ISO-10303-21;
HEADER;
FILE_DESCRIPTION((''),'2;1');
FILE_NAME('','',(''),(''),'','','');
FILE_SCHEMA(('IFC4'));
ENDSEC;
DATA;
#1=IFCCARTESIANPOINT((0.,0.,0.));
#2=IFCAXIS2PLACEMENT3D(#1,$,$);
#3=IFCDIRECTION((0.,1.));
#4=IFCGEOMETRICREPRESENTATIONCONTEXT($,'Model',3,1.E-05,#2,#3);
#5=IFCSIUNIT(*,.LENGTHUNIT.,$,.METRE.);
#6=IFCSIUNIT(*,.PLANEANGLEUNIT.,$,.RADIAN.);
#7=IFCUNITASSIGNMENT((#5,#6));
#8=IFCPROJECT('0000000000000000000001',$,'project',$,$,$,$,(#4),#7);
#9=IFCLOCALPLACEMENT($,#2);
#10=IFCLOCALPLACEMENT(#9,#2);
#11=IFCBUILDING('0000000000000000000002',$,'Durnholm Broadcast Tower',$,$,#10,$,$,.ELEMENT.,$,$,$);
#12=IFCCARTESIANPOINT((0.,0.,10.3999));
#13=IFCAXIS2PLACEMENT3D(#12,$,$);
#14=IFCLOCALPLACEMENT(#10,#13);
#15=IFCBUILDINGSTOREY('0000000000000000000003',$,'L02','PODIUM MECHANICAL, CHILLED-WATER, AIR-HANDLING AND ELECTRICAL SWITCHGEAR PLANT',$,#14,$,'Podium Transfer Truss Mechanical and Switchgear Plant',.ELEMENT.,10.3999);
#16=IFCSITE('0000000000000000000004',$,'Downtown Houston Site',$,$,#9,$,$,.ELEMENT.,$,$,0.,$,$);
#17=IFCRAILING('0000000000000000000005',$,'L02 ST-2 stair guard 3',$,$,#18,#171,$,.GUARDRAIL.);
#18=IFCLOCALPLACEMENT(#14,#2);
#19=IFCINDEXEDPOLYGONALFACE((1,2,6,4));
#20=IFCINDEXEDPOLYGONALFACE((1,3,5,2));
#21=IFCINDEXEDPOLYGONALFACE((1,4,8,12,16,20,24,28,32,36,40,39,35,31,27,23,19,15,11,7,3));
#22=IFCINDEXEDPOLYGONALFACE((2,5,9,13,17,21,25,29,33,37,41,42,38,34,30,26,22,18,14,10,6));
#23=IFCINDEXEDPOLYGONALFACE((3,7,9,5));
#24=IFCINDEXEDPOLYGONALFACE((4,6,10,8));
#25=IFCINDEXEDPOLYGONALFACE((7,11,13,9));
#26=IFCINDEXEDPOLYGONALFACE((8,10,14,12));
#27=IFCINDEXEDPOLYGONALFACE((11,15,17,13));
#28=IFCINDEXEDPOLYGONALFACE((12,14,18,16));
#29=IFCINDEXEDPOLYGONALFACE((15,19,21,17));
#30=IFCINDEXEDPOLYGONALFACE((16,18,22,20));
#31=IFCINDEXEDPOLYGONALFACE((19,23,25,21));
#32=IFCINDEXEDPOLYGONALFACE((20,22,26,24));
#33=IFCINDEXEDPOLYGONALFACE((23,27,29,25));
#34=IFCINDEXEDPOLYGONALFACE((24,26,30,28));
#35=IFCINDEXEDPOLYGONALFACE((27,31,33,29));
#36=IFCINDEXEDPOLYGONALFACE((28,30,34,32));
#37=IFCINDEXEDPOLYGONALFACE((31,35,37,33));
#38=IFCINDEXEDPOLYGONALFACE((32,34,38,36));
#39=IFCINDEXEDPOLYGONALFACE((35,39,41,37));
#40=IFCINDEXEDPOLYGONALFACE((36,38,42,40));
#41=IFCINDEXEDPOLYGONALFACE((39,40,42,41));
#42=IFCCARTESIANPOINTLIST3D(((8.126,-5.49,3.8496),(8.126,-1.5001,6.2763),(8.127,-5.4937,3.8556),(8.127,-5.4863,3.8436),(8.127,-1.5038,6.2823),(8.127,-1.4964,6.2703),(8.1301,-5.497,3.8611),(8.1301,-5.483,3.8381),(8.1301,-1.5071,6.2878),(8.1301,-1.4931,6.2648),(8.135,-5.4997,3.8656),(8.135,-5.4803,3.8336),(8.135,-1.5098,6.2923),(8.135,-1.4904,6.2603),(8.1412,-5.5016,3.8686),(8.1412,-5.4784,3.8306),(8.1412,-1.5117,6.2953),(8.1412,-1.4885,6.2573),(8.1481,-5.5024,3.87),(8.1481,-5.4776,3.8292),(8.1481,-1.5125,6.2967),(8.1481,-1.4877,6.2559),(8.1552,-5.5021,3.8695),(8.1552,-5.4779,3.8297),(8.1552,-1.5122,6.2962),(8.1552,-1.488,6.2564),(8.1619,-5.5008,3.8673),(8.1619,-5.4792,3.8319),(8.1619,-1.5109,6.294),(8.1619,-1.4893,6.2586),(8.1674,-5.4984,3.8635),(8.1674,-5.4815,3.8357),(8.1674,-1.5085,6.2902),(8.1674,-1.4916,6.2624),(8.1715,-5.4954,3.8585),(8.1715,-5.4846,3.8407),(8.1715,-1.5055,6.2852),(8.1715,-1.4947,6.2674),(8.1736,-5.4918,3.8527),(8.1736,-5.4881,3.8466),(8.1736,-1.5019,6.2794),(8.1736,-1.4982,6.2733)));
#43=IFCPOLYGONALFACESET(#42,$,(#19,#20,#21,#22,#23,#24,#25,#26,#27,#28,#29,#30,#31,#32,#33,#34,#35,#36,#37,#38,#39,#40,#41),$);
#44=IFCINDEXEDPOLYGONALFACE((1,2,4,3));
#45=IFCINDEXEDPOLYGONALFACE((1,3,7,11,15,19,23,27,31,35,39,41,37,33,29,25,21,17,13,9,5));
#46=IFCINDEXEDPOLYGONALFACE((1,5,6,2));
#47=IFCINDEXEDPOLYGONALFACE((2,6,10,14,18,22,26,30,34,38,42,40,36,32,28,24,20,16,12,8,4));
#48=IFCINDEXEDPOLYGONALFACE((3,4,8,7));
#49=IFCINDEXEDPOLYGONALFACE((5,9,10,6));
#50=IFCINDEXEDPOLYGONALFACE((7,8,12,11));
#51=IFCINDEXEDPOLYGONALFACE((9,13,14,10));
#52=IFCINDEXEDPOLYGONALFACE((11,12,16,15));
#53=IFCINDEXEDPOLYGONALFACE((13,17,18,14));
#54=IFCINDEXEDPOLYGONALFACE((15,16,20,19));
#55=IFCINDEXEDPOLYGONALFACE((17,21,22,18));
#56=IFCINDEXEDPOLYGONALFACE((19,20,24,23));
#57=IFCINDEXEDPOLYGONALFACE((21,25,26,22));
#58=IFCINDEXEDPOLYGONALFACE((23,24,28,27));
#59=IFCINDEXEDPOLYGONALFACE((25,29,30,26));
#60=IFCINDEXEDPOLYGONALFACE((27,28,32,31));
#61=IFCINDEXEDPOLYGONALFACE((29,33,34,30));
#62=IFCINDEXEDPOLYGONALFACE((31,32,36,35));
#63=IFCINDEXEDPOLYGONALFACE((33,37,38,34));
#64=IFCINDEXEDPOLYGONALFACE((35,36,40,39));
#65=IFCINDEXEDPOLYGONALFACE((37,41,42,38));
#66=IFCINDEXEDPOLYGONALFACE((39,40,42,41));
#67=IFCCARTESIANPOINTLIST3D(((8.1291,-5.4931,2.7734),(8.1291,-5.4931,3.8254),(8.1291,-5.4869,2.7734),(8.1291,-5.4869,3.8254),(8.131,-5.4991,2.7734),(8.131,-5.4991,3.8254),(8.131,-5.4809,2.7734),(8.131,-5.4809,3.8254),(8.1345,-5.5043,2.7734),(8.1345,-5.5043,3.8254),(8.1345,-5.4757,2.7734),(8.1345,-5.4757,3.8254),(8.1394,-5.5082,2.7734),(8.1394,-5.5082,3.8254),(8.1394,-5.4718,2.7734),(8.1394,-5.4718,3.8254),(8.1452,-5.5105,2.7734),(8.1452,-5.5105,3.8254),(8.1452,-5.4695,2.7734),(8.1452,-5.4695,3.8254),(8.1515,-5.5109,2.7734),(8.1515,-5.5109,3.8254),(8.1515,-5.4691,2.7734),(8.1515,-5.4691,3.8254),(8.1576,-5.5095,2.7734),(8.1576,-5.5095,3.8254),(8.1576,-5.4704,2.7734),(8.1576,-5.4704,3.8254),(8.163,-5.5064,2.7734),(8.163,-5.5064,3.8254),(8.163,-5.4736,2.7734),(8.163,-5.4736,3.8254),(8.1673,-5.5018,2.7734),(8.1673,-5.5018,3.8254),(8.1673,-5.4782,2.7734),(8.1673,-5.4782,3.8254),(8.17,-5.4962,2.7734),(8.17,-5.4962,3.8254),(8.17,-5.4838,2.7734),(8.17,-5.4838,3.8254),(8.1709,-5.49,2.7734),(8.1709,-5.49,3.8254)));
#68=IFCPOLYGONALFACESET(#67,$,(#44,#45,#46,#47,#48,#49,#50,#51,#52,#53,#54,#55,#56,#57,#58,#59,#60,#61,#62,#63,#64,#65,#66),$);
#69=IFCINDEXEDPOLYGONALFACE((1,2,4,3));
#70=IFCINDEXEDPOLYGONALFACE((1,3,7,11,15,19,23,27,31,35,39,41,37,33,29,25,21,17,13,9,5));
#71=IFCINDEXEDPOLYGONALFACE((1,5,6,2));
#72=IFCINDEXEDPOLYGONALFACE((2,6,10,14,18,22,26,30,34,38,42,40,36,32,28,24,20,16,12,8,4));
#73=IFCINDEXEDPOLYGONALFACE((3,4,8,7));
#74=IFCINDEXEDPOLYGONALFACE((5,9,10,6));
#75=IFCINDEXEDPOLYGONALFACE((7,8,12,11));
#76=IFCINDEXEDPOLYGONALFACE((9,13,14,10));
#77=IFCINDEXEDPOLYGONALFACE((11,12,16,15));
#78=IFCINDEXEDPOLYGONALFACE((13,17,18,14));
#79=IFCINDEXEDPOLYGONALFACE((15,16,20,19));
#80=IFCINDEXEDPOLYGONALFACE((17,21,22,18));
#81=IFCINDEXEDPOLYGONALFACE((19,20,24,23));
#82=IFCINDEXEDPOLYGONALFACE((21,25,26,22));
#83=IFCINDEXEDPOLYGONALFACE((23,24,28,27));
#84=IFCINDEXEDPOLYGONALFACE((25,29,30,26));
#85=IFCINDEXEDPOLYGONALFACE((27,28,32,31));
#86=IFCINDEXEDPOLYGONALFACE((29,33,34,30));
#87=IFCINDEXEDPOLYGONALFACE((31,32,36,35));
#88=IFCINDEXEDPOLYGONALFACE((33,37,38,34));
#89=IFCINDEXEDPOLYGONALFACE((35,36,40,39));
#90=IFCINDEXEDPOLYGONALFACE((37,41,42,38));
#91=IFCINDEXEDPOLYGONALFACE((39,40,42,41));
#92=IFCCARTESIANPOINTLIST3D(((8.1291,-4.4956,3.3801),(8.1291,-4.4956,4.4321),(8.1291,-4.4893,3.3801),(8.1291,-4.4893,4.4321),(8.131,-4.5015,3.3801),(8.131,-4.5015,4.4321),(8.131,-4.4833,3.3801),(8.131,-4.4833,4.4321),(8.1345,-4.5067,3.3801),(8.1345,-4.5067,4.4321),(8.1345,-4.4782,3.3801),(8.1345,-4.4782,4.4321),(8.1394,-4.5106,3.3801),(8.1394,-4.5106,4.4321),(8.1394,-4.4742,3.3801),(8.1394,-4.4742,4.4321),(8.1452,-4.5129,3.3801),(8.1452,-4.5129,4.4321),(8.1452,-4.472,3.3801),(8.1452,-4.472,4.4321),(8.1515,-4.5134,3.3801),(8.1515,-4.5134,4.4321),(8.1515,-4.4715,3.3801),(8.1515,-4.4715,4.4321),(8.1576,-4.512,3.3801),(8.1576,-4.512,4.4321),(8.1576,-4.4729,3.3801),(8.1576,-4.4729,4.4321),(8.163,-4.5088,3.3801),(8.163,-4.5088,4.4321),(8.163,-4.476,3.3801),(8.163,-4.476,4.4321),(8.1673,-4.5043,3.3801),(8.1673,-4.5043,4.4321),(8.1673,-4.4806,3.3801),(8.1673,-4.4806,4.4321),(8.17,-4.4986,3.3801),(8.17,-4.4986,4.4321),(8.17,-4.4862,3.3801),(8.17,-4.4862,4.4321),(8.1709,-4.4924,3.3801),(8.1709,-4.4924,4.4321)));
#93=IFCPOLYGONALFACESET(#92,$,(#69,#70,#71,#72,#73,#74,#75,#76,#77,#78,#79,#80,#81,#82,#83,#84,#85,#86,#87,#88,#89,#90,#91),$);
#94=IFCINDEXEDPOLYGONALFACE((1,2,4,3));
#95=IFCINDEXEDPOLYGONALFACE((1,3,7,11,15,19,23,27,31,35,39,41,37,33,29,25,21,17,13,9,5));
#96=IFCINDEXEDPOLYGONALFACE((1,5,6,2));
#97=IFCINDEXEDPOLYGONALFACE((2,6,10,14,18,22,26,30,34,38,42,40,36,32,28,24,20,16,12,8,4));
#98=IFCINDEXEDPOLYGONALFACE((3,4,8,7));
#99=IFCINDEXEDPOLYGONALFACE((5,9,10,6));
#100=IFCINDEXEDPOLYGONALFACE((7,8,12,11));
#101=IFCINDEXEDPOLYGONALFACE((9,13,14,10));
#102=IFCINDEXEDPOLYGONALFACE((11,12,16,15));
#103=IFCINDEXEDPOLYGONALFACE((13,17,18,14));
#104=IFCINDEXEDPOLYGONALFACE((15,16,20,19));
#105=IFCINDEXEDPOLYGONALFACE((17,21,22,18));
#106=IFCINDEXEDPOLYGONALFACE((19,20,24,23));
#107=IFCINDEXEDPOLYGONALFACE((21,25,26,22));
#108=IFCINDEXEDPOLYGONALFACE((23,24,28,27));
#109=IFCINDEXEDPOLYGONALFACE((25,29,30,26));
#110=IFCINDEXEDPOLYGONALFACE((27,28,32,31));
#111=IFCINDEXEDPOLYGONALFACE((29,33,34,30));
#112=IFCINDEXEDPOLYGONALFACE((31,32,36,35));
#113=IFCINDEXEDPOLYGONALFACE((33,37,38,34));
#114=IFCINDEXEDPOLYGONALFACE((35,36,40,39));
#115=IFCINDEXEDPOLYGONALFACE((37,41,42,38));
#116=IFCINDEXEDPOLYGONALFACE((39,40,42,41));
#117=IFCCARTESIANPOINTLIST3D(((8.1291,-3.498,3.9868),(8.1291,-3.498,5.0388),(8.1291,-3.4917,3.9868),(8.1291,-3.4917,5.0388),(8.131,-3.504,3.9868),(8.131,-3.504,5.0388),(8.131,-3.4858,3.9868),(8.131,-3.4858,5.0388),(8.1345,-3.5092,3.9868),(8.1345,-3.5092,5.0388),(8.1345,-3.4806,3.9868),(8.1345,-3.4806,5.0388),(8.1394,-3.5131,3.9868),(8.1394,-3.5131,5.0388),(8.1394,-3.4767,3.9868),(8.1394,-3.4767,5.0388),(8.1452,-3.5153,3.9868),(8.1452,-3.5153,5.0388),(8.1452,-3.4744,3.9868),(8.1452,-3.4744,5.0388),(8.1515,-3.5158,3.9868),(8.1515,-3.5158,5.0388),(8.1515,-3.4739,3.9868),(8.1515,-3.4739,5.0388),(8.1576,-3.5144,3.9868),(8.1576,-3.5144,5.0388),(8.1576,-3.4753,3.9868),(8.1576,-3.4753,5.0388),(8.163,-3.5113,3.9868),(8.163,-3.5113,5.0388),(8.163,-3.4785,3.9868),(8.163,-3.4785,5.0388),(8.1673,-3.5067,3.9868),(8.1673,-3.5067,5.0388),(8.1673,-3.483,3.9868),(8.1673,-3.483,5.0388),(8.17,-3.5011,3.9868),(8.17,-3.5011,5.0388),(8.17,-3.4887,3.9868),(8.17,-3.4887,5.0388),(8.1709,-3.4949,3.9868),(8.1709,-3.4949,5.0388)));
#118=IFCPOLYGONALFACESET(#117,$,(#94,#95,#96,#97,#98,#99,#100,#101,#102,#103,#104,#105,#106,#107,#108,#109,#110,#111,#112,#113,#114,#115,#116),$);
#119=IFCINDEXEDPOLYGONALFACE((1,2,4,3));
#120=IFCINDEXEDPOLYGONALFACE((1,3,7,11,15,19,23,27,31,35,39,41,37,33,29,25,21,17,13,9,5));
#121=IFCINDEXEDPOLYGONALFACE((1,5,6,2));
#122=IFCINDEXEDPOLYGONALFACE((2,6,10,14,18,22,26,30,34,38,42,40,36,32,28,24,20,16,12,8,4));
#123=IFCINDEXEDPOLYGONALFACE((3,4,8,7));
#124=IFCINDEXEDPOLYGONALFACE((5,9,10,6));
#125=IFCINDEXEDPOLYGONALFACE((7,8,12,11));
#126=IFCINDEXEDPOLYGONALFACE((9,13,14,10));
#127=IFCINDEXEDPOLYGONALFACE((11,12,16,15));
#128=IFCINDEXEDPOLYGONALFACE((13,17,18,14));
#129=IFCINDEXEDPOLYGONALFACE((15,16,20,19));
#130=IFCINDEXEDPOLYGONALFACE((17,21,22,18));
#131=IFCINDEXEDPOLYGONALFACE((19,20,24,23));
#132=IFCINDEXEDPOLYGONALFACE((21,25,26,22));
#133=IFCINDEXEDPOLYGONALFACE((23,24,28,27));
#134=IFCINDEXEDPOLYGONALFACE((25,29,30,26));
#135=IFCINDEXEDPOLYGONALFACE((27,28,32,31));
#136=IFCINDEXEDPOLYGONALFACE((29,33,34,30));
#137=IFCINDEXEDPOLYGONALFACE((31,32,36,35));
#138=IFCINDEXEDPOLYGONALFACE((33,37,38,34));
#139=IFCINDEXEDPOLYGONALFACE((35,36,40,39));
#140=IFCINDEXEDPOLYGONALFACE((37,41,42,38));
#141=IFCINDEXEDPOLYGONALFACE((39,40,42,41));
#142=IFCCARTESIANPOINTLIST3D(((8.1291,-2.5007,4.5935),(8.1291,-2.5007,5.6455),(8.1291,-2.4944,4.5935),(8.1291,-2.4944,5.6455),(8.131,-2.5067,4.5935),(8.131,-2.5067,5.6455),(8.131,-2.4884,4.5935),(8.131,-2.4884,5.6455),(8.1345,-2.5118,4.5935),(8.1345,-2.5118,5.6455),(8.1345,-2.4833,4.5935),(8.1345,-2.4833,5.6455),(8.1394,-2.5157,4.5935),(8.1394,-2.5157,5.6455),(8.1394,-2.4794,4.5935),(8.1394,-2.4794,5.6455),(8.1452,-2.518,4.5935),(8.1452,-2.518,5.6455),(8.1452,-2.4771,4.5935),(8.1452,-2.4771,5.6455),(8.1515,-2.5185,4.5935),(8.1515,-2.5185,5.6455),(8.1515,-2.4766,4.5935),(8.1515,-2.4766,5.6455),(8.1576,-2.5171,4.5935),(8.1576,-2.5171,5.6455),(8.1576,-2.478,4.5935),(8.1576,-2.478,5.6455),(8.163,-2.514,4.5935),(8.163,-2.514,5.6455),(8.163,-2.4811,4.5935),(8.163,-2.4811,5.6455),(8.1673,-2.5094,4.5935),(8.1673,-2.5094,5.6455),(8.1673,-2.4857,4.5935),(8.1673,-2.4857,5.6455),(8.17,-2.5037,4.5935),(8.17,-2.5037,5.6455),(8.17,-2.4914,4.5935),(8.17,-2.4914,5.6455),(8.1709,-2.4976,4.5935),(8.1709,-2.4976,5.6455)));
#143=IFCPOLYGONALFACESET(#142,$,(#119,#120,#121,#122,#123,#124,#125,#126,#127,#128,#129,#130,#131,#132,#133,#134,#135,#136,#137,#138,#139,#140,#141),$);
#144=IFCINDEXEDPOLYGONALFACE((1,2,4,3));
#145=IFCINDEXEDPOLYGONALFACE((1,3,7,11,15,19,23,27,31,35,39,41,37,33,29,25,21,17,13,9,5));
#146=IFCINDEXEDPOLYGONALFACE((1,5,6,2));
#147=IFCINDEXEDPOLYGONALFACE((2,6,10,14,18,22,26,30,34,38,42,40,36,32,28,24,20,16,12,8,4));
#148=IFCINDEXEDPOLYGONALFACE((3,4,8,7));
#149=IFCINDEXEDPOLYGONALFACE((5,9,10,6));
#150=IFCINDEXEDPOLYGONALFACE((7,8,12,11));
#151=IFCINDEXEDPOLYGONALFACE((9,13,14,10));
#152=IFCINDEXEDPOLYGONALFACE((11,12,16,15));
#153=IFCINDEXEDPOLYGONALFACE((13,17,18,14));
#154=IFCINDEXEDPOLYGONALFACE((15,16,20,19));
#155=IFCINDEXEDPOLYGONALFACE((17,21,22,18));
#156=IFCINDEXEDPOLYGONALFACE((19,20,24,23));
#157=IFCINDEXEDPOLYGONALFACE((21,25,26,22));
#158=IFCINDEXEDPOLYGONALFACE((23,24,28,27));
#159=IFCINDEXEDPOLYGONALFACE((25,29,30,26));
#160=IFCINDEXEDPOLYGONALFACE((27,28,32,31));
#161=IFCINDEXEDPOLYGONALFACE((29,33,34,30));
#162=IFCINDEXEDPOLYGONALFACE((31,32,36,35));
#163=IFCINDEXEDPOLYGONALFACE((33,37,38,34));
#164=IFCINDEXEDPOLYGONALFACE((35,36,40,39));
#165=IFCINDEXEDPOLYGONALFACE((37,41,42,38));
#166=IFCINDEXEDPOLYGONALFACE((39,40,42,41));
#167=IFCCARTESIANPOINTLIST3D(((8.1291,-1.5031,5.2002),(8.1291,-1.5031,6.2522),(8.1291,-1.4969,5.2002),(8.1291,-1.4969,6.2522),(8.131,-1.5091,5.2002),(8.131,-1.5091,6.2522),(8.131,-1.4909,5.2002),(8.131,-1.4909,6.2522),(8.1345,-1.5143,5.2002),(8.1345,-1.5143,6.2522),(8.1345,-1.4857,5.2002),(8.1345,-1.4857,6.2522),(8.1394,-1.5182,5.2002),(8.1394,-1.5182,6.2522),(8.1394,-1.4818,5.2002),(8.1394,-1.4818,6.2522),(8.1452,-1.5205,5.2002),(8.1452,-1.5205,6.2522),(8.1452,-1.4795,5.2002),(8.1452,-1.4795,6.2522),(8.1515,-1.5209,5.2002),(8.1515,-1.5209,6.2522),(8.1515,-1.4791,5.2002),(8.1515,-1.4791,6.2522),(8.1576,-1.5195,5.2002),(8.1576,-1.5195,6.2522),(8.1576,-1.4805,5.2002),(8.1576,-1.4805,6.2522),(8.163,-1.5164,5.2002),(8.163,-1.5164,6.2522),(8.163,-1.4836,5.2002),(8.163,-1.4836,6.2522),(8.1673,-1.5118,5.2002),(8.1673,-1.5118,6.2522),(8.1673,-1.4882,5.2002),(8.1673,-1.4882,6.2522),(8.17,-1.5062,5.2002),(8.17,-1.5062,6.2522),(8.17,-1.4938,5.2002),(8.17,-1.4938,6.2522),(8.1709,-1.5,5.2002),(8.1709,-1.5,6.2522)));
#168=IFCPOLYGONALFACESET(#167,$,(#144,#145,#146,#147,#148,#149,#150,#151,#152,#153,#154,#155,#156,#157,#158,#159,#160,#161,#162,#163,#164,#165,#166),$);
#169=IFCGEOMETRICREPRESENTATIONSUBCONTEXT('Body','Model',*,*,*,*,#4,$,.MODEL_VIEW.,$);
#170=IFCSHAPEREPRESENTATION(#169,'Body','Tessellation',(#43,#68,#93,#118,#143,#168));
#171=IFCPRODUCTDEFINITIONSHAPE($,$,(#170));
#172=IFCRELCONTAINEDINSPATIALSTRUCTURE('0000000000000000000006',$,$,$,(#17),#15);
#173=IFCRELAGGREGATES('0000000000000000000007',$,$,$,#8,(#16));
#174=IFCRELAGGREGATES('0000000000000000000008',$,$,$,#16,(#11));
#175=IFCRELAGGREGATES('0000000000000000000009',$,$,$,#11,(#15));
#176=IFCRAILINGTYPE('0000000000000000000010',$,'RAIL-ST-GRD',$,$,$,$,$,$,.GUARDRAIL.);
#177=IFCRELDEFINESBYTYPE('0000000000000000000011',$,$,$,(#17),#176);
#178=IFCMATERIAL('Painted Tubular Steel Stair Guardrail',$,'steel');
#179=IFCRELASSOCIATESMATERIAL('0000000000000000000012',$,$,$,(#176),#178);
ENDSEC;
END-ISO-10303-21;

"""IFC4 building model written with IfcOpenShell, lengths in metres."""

from ifc_helpers import new_model, si_unit, direction, frame, origin, origin_2d, place, context, subcontext, project, spatial, circle, extrude, material, type_object, element, save


model = new_model("IFC4")

# Units and contexts
model_context = context("Model", 3, precision=1e-05, world=origin(), true_north=direction((0.0, 1.0)))
body_context = subcontext(model_context, "Body", "Model", "MODEL_VIEW")
ifc_project = project(units=[si_unit("LENGTHUNIT", "METRE"), si_unit("PLANEANGLEUNIT", "RADIAN")], contexts=[model_context])

# Site, building, storey
site_placement = place(None, origin())
site = spatial("IfcSite", under=ifc_project, at=site_placement, Name="Downtown Houston Site", CompositionType="ELEMENT", RefElevation=0.0)
building_placement = place(site_placement, origin())
building = spatial("IfcBuilding", under=site, at=building_placement, Name="Durnholm Broadcast Tower", CompositionType="ELEMENT")
storey_placement = place(building_placement, frame((0.0, 0.0, 10.3999)))
storey = spatial("IfcBuildingStorey", under=building, at=storey_placement, Name="L02", Description="PODIUM MECHANICAL, CHILLED-WATER, AIR-HANDLING AND ELECTRICAL SWITCHGEAR PLANT", LongName="Podium Transfer Truss Mechanical and Switchgear Plant", CompositionType="ELEMENT", Elevation=10.3999)

# Railing
ifc_material_1 = material(Name="Painted Tubular Steel Stair Guardrail", Category="steel")
railing_type_1 = type_object("IfcRailingType", Name="RAIL-ST-GRD", PredefinedType="GUARDRAIL", material=ifc_material_1)
railing_1_placement = place(storey_placement, frame((8.1499, -5.49, 2.7734)))
element("IfcRailing", 1, at=railing_1_placement, inside=storey, type_object=railing_type_1, Name="L02 ST-2 stair guard 3", PredefinedType="GUARDRAIL", context=body_context, shape_type="SweptSolid", body=[
    extrude(circle(Radius=0.0239, at=origin_2d()), frame((0.0, 0.0, 1.0762), z_axis=(0.0, 0.854382, 0.519645), x_axis=(-1.0, 0.0, 0.0)), (0.0, 0.0, 1.0), 4.6699),
    extrude(circle(Radius=0.021, at=origin_2d()), origin(), (0.0, 0.0, 1.0), 1.052),
    extrude(circle(Radius=0.021, at=origin_2d()), frame((0.0, 0.9976, 0.6067)), (0.0, 0.0, 1.0), 1.052),
    extrude(circle(Radius=0.021, at=origin_2d()), frame((0.0, 1.9951, 1.2134)), (0.0, 0.0, 1.0), 1.052),
    extrude(circle(Radius=0.021, at=origin_2d()), frame((0.0, 2.9924, 1.8201)), (0.0, 0.0, 1.0), 1.052),
    extrude(circle(Radius=0.021, at=origin_2d()), frame((0.0, 3.99, 2.4268)), (0.0, 0.0, 1.0), 1.052),
])

save(model, "model.ifc")
